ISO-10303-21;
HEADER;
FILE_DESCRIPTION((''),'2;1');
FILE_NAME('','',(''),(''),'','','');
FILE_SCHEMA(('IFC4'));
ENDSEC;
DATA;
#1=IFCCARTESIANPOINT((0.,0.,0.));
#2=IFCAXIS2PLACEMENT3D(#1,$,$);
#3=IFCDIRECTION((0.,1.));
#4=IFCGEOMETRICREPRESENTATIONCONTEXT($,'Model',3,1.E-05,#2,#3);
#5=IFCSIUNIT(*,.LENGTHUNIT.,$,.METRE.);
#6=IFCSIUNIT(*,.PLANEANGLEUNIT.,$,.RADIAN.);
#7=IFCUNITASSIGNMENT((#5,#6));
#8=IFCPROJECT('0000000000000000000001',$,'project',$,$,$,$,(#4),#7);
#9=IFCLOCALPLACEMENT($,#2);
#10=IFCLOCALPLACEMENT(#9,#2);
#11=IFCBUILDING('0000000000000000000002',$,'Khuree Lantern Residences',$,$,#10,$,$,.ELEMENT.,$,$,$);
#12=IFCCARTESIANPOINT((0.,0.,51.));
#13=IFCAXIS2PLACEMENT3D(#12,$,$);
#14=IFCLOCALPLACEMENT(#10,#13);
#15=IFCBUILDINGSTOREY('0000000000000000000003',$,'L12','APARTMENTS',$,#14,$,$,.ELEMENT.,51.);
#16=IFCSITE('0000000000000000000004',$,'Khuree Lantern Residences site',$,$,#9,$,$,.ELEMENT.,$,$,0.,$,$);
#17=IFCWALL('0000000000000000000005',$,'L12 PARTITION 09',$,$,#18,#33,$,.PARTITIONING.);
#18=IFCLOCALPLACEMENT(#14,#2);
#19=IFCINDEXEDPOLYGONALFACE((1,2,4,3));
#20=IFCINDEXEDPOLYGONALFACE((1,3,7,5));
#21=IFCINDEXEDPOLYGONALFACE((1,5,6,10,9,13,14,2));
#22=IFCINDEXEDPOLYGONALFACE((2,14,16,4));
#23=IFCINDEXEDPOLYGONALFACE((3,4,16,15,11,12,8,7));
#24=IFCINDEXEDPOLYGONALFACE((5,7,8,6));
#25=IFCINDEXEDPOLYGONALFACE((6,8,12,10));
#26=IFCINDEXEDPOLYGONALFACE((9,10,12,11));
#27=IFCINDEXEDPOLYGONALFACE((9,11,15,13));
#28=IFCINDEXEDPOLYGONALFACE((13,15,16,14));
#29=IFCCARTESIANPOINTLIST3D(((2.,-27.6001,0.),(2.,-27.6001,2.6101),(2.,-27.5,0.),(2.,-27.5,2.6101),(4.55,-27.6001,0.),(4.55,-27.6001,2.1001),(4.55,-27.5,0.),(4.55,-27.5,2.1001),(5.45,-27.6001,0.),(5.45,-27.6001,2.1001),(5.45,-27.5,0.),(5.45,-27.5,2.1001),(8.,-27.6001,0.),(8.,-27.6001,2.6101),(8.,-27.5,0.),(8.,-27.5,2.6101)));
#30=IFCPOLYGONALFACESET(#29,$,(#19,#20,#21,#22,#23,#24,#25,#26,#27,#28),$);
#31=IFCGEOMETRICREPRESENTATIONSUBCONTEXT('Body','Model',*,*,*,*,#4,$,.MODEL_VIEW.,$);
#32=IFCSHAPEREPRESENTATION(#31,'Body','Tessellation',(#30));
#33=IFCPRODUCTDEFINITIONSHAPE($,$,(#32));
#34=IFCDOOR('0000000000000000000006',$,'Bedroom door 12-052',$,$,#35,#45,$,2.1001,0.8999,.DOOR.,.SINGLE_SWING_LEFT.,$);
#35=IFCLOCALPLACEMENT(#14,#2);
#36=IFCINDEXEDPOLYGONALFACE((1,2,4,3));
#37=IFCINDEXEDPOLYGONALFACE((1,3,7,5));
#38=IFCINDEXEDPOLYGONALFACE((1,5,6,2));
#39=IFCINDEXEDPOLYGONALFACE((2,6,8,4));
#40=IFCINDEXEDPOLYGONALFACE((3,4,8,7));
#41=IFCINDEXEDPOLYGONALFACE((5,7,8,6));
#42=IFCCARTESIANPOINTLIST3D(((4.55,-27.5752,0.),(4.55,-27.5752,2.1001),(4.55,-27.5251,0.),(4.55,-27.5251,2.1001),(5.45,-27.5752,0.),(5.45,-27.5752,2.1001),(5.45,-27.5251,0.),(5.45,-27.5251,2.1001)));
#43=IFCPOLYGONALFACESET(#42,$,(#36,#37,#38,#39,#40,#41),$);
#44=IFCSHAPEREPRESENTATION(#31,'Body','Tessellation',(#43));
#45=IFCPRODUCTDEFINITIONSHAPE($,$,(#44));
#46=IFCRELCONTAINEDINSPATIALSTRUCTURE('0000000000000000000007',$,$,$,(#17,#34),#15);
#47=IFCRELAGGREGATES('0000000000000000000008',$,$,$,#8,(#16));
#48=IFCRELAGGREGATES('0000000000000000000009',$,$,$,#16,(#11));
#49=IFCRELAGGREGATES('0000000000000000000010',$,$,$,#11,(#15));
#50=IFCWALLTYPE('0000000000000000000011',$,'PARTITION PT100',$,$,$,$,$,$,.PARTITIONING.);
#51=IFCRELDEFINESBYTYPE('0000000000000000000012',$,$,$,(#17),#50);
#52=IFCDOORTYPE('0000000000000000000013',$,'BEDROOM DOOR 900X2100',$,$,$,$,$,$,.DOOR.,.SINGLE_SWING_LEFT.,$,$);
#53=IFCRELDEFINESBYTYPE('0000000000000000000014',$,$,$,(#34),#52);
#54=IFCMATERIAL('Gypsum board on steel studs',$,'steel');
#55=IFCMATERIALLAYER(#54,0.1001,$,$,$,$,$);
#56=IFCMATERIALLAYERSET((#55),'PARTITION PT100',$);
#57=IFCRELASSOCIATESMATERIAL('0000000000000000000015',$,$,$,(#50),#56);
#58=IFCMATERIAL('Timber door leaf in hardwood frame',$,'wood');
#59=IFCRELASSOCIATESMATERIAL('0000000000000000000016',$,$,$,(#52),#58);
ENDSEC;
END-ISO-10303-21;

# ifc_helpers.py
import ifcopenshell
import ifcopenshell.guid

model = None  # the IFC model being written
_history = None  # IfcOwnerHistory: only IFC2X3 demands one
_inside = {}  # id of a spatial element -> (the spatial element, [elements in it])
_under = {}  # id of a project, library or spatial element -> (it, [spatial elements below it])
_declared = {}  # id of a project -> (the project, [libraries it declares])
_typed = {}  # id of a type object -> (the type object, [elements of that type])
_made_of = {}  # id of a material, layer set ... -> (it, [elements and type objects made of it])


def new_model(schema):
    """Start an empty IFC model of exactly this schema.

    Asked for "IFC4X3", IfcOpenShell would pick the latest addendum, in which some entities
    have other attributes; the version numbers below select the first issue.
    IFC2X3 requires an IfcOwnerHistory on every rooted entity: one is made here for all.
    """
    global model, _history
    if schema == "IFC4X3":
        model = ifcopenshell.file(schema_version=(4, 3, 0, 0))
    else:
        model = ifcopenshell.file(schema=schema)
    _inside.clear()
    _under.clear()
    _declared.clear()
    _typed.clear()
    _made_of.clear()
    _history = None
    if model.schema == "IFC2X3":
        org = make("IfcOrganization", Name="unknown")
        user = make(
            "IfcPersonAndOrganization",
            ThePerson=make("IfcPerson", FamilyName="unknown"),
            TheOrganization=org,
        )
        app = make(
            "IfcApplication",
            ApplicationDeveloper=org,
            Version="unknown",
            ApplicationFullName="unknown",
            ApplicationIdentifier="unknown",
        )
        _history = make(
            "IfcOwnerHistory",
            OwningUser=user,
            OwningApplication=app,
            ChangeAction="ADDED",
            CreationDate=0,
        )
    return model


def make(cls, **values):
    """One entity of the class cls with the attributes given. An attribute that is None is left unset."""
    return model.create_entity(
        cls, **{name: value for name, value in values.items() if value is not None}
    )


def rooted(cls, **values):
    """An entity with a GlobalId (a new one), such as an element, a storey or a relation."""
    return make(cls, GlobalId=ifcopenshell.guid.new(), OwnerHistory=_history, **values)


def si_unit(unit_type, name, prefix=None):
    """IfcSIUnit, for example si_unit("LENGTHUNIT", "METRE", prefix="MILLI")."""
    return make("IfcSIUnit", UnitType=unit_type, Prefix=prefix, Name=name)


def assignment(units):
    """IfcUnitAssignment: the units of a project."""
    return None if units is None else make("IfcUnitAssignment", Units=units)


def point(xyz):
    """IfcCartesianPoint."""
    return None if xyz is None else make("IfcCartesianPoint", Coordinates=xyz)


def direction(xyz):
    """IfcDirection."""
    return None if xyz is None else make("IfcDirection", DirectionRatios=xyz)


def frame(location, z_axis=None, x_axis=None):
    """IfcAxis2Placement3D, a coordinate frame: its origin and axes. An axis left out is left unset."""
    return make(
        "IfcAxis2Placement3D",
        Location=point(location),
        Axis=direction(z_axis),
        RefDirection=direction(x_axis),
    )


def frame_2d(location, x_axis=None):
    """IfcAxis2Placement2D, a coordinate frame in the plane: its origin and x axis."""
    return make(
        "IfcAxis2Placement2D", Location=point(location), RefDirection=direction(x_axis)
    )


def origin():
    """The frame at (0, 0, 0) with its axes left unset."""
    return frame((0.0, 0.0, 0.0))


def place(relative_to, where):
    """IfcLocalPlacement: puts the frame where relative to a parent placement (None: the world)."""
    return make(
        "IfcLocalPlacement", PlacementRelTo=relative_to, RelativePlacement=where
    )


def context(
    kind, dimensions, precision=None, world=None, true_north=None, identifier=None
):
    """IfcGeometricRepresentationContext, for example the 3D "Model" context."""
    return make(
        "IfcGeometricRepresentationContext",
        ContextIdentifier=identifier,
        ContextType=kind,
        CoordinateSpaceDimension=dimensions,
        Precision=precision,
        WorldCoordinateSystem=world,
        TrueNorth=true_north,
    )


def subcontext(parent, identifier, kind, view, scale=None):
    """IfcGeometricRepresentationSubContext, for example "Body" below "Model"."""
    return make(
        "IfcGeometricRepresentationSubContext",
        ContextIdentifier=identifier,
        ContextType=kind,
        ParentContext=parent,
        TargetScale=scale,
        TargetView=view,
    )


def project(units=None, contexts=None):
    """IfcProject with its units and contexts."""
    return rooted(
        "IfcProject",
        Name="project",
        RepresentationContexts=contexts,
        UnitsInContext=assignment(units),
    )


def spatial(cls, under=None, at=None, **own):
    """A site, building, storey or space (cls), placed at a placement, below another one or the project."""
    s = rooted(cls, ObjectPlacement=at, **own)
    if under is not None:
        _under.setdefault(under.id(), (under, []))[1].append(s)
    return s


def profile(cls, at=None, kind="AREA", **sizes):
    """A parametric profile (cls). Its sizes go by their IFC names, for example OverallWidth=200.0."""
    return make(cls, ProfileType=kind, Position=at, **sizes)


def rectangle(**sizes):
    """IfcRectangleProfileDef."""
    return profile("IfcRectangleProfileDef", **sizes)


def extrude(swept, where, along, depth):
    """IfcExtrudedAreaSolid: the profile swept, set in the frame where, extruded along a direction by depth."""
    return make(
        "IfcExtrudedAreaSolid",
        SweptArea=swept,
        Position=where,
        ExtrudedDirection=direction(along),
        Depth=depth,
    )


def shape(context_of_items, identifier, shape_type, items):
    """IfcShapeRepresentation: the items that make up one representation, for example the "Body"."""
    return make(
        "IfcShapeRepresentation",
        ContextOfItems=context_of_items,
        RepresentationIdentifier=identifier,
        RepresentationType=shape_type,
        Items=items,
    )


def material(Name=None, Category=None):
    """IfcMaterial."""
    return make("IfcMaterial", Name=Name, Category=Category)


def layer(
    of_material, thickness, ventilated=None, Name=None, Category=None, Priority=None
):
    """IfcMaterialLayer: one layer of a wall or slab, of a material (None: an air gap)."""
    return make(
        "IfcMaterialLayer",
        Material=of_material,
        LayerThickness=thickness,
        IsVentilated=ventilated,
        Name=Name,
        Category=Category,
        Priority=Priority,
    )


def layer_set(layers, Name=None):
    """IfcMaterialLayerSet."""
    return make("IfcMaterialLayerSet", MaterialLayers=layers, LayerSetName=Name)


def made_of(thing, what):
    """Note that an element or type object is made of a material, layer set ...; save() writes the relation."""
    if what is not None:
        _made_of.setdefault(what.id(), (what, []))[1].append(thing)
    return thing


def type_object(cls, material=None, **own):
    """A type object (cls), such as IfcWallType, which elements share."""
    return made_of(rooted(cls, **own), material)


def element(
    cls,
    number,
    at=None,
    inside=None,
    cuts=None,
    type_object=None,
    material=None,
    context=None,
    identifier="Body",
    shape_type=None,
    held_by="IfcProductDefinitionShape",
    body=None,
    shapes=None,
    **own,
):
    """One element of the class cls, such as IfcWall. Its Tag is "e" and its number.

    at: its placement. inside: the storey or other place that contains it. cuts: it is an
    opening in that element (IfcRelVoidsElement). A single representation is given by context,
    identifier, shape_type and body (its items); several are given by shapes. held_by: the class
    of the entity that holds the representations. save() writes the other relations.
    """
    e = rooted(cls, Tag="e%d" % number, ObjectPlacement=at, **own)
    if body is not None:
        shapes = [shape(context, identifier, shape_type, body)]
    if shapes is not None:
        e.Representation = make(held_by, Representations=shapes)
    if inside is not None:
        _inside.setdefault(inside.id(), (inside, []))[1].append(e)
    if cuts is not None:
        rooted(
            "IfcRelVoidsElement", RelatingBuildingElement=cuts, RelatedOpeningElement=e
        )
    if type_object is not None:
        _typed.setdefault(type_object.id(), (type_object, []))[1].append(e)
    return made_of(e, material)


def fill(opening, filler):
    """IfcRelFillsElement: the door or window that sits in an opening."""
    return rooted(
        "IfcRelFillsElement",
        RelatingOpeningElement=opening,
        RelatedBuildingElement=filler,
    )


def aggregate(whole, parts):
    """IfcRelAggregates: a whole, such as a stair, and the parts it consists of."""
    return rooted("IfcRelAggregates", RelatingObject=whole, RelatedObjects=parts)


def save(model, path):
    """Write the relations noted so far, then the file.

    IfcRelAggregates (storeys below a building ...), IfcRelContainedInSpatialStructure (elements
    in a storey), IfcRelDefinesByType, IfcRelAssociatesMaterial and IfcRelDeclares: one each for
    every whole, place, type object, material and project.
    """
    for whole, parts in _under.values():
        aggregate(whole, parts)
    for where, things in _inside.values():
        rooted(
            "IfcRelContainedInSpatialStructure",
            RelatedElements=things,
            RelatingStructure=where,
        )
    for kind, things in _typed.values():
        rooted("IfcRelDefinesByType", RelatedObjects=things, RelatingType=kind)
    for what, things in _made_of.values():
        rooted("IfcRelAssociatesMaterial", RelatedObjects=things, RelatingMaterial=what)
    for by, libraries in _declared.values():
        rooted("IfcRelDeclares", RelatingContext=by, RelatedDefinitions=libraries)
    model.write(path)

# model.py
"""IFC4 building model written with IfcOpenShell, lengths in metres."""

from ifc_helpers import new_model, si_unit, direction, frame, frame_2d, origin, place, context, subcontext, project, spatial, rectangle, extrude, material, layer, layer_set, type_object, element, fill, save


model = new_model("IFC4")

# Units and contexts
model_context = context("Model", 3, precision=1e-05, world=origin(), true_north=direction((0.0, 1.0)))
body_context = subcontext(model_context, "Body", "Model", "MODEL_VIEW")
ifc_project = project(units=[si_unit("LENGTHUNIT", "METRE"), si_unit("PLANEANGLEUNIT", "RADIAN")], contexts=[model_context])

# Site, building, storey
site_placement = place(None, origin())
site = spatial("IfcSite", under=ifc_project, at=site_placement, Name="Khuree Lantern Residences site", CompositionType="ELEMENT", RefElevation=0.0)
building_placement = place(site_placement, origin())
building = spatial("IfcBuilding", under=site, at=building_placement, Name="Khuree Lantern Residences", CompositionType="ELEMENT")
storey_placement = place(building_placement, frame((0.0, 0.0, 51.0)))
storey = spatial("IfcBuildingStorey", under=building, at=storey_placement, Name="L12", Description="APARTMENTS", CompositionType="ELEMENT", Elevation=51.0)

# Shared definitions
ifc_material_1 = material(Name="Gypsum board on steel studs", Category="steel")

# Shared definitions
ifc_material_2 = material(Name="Timber door leaf in hardwood frame", Category="wood")

# Shared definitions
ifc_layer_1 = layer(ifc_material_1, 0.1001)
ifc_layer_set_1 = layer_set([ifc_layer_1], Name="PARTITION PT100")
wall_type_1 = type_object("IfcWallType", Name="PARTITION PT100", PredefinedType="PARTITIONING", material=ifc_layer_set_1)

# Wall, opening, door
wall_1_placement = place(storey_placement, frame((2.0, -27.55, 0.0), z_axis=(0.0, 0.0, 1.0), x_axis=(1.0, 0.0, 0.0)))
wall_1 = element("IfcWall", 1, at=wall_1_placement, inside=storey, type_object=wall_type_1, Name="L12 PARTITION 09", PredefinedType="PARTITIONING", context=body_context, shape_type="SweptSolid", body=[
    extrude(rectangle(XDim=6.0, YDim=0.1001, at=frame_2d((3.0, 0.0))), origin(), (0.0, 0.0, 1.0), 2.6101),
])
opening_1_placement = place(wall_1_placement, frame((2.55, 0.0, 0.0)))
opening_1 = element("IfcOpeningElement", 2, at=opening_1_placement, cuts=wall_1, PredefinedType="OPENING", context=body_context, shape_type="SweptSolid", body=[
    extrude(rectangle(XDim=0.8999, YDim=2.1001, at=frame_2d((0.45, 1.05))), frame((0.0, 0.0601, 0.0), z_axis=(0.0, -1.0, 0.0), x_axis=(1.0, 0.0, 0.0)), (0.0, 0.0, 1.0), 0.1201),
])
door_type_1 = type_object("IfcDoorType", Name="BEDROOM DOOR 900X2100", OperationType="SINGLE_SWING_LEFT", PredefinedType="DOOR", material=ifc_material_2)
door_1_placement = place(opening_1_placement, origin())
door_1 = element("IfcDoor", 3, at=door_1_placement, inside=storey, type_object=door_type_1, Name="Bedroom door 12-052", OperationType="SINGLE_SWING_LEFT", OverallHeight=2.1001, OverallWidth=0.8999, PredefinedType="DOOR", context=body_context, shape_type="SweptSolid", body=[
    extrude(rectangle(XDim=0.8999, YDim=2.1001, at=frame_2d((0.45, 1.05))), frame((0.0, 0.0249, 0.0), z_axis=(0.0, -1.0, 0.0), x_axis=(1.0, 0.0, 0.0)), (0.0, 0.0, 1.0), 0.05),
])
fill(opening_1, door_1)

save(model, "model.ifc")
